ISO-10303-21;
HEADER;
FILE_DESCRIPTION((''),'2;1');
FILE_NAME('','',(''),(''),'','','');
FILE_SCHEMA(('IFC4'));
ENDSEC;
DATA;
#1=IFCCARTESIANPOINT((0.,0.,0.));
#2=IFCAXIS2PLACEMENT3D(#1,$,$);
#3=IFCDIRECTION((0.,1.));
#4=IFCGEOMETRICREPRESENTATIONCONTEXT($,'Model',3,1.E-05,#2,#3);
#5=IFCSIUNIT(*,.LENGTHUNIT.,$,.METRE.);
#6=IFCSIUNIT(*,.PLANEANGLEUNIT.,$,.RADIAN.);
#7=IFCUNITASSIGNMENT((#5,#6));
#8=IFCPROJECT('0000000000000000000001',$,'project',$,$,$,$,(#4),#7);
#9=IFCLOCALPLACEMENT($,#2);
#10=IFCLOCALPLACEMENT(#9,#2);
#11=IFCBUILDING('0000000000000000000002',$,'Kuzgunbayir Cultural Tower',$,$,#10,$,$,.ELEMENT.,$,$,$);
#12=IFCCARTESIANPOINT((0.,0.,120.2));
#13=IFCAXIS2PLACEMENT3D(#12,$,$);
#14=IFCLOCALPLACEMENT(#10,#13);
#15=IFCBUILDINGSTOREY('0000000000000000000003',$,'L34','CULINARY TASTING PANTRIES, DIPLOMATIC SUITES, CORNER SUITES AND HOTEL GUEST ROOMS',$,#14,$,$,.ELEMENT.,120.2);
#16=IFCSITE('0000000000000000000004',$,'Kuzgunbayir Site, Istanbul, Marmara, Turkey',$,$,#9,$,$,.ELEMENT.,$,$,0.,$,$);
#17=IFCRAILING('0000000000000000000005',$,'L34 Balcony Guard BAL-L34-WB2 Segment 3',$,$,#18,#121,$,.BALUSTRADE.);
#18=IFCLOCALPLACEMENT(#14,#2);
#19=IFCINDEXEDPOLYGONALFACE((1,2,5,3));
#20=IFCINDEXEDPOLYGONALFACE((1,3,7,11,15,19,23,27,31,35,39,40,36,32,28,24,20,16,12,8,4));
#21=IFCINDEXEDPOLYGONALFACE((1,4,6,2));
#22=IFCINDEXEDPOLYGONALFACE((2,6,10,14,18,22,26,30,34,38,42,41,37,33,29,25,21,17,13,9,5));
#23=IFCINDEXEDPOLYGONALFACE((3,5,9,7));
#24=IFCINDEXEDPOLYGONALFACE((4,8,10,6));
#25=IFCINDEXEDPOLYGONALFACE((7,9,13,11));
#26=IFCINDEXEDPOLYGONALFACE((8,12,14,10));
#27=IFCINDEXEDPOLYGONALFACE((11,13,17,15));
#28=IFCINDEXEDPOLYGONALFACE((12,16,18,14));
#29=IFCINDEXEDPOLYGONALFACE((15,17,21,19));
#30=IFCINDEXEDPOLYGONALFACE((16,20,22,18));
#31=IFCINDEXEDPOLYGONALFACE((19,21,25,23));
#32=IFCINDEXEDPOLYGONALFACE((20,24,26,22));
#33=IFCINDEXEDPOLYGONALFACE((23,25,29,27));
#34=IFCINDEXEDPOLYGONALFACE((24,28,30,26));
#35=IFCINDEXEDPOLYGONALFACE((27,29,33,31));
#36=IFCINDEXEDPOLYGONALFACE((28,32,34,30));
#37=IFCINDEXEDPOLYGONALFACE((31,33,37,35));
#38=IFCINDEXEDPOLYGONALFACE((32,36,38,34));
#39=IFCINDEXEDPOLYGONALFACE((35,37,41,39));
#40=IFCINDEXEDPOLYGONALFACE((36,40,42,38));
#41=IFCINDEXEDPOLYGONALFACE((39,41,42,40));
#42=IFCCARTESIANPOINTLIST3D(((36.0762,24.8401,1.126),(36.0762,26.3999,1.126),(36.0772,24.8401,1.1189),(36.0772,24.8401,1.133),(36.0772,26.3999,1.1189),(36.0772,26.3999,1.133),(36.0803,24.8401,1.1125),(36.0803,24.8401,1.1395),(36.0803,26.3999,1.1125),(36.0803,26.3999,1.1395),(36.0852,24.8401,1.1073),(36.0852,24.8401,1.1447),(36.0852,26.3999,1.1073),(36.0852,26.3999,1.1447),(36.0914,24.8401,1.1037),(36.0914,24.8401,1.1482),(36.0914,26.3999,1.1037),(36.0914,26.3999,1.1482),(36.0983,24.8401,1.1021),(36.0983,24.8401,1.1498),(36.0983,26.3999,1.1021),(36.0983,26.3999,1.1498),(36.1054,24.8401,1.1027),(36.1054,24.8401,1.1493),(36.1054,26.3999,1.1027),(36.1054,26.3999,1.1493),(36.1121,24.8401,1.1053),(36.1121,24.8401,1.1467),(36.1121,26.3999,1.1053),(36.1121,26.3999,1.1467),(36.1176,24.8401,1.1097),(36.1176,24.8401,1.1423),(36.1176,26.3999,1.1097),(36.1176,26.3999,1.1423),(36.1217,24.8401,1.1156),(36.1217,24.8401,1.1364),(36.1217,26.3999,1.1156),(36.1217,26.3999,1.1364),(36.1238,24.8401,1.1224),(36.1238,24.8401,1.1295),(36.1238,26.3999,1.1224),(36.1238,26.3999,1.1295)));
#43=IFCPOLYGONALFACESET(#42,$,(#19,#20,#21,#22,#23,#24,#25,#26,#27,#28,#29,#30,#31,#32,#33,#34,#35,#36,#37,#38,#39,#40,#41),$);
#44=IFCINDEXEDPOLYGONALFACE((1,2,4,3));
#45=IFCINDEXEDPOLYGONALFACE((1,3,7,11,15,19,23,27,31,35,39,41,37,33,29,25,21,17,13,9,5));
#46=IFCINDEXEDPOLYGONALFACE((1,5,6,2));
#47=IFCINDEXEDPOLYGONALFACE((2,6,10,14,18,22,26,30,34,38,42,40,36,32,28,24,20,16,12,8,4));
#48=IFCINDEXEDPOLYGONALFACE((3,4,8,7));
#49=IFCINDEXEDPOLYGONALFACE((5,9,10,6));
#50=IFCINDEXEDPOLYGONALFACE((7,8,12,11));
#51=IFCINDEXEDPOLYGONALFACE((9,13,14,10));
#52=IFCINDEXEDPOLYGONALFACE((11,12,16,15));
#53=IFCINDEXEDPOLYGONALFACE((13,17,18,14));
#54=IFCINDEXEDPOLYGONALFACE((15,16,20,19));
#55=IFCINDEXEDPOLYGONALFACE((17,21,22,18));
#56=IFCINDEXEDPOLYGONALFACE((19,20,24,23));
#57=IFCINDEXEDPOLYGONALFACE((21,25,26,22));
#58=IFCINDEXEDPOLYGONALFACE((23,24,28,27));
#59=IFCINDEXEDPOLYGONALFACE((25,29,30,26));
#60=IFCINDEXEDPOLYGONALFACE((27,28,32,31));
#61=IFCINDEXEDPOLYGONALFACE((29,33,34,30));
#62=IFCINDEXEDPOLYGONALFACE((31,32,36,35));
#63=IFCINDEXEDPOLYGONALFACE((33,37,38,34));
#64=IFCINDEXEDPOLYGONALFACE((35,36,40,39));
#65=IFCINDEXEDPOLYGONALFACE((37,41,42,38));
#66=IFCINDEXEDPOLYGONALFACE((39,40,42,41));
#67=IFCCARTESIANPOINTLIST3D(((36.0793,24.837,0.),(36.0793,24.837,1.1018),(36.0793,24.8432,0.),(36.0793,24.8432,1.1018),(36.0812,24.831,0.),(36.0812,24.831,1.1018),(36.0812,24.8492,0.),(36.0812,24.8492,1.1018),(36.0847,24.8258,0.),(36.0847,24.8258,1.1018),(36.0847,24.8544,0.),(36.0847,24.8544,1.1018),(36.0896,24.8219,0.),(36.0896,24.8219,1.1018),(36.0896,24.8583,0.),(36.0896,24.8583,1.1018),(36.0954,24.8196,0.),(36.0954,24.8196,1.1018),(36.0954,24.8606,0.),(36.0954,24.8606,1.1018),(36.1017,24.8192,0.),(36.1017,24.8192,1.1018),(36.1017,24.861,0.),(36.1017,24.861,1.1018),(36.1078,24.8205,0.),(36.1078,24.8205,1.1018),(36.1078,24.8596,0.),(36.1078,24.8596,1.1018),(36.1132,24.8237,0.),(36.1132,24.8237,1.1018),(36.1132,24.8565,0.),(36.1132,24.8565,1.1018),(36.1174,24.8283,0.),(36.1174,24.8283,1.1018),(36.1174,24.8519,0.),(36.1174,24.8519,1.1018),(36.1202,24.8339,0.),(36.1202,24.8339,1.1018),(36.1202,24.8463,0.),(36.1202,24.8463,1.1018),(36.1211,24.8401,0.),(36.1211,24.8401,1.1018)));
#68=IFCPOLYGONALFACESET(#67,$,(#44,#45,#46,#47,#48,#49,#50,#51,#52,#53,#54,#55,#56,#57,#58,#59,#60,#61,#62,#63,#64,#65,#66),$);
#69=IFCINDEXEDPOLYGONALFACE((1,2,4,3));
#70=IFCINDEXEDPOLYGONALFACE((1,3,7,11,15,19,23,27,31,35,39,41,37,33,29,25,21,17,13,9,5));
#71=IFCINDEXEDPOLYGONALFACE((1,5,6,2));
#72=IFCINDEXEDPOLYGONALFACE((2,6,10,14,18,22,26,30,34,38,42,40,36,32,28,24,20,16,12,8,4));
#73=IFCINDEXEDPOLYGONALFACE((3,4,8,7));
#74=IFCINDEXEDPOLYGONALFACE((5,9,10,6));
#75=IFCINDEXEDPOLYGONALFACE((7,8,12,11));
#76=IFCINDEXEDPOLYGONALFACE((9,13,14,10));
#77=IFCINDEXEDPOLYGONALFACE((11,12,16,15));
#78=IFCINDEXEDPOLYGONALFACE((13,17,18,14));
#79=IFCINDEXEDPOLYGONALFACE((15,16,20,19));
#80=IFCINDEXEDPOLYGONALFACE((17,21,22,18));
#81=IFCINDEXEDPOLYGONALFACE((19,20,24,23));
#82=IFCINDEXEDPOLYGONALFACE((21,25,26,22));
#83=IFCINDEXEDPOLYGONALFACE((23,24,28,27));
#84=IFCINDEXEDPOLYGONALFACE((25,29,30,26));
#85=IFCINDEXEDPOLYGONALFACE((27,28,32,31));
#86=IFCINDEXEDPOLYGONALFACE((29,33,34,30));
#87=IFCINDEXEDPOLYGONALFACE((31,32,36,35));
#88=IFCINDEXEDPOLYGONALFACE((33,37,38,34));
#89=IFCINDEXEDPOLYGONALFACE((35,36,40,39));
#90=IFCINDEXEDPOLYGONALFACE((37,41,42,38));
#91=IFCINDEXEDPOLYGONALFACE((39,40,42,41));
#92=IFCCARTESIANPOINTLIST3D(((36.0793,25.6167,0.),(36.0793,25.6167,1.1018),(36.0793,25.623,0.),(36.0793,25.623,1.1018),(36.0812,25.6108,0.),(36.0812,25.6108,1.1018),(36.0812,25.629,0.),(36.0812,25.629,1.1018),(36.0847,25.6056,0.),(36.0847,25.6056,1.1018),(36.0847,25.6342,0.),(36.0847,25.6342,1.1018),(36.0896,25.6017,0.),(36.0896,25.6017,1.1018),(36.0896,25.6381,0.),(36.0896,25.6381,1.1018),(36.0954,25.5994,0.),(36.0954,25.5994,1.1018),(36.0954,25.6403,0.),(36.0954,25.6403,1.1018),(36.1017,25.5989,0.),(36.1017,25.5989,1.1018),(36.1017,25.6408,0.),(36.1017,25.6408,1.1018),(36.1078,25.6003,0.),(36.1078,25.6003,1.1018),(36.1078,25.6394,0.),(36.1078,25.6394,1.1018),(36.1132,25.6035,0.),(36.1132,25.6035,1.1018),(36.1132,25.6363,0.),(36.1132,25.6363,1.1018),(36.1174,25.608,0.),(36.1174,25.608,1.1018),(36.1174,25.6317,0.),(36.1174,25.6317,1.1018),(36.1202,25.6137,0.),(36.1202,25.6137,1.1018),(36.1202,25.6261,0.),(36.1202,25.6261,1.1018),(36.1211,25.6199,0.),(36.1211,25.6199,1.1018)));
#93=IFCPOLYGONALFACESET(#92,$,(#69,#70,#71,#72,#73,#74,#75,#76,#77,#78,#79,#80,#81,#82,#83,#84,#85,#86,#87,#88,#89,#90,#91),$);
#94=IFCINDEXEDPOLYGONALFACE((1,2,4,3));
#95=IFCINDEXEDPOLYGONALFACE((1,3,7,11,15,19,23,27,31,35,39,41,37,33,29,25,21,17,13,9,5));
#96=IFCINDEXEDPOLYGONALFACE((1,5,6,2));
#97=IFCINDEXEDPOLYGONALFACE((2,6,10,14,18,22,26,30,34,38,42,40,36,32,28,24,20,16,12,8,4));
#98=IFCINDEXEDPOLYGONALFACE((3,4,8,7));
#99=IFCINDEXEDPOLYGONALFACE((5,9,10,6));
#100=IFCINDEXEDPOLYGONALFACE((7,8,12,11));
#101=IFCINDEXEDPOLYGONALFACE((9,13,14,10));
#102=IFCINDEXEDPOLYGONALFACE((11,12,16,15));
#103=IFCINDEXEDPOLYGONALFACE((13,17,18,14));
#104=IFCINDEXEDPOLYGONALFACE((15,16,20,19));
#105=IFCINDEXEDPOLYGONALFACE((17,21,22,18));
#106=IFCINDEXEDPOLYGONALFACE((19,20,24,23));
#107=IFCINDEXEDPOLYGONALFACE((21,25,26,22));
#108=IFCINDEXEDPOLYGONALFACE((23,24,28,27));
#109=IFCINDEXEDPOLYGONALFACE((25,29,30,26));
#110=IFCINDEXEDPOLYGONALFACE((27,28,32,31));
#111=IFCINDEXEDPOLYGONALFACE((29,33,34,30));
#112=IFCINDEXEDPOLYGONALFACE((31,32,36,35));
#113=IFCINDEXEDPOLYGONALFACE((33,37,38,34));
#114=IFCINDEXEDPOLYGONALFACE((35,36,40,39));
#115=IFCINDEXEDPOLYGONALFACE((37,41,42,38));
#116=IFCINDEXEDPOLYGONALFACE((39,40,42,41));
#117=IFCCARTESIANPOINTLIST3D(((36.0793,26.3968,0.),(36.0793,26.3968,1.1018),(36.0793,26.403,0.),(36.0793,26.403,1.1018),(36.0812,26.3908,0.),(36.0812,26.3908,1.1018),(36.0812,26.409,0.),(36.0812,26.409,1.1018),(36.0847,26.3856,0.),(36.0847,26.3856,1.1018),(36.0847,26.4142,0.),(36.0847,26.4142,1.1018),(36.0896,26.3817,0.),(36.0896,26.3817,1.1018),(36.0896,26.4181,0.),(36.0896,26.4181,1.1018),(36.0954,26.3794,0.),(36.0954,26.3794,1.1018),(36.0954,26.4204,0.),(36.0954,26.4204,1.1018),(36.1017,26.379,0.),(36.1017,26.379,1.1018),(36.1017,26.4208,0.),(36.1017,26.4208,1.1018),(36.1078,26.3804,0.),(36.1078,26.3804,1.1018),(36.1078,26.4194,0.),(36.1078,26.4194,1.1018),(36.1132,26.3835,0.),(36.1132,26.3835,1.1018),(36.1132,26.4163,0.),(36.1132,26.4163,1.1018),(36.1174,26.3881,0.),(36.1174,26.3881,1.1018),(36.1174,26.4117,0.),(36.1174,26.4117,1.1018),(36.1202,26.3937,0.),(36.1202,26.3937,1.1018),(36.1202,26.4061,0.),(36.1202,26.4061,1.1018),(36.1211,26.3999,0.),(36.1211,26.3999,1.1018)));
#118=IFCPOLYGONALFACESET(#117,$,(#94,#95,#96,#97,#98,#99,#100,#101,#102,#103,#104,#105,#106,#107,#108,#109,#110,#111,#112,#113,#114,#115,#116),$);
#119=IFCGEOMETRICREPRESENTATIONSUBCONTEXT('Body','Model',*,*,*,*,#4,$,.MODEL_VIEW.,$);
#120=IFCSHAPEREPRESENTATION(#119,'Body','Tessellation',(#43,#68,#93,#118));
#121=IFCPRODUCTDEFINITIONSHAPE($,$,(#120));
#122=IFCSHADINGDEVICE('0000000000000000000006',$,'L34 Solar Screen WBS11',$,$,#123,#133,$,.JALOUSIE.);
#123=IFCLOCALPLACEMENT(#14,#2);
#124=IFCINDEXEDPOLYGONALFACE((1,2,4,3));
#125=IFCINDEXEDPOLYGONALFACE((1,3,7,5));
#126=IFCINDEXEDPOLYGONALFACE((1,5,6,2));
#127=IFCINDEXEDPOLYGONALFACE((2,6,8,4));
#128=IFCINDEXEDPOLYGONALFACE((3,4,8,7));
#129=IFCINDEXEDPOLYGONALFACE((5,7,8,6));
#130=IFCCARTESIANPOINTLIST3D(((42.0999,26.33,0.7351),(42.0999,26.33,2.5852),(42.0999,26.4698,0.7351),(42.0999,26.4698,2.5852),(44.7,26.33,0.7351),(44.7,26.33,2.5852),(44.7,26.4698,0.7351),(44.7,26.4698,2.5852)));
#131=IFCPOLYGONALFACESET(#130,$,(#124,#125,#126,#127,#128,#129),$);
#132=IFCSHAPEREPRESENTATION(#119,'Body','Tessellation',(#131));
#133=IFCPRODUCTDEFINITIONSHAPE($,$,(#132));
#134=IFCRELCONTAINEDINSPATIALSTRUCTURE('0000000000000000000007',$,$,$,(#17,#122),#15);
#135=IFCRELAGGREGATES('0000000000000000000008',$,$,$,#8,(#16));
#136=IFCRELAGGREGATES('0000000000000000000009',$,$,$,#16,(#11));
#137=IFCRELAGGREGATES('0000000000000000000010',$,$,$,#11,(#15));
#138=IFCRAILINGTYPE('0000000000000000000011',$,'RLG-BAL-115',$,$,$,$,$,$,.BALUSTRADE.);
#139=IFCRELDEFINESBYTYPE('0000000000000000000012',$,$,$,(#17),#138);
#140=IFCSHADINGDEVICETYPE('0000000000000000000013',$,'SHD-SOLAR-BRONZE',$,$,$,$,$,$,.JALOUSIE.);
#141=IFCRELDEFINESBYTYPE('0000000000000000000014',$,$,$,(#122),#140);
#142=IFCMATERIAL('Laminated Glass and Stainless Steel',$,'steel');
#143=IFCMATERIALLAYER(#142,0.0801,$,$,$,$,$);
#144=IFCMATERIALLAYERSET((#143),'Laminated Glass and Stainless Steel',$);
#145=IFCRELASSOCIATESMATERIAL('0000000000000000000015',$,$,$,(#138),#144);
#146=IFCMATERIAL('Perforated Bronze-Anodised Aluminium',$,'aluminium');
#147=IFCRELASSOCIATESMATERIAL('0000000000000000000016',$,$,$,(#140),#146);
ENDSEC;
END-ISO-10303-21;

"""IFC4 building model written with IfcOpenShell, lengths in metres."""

from ifc_helpers import new_model, si_unit, direction, frame, origin, origin_2d, place, context, subcontext, project, spatial, rectangle, circle, extrude, material, layer, layer_set, type_object, element, save


model = new_model("IFC4")

# Units and contexts
model_context = context("Model", 3, precision=1e-05, world=origin(), true_north=direction((0.0, 1.0)))
body_context = subcontext(model_context, "Body", "Model", "MODEL_VIEW")
ifc_project = project(units=[si_unit("LENGTHUNIT", "METRE"), si_unit("PLANEANGLEUNIT", "RADIAN")], contexts=[model_context])

# Site, building, storey
site_placement = place(None, origin())
site = spatial("IfcSite", under=ifc_project, at=site_placement, Name="Kuzgunbayir Site, Istanbul, Marmara, Turkey", CompositionType="ELEMENT", RefElevation=0.0)
building_placement = place(site_placement, origin())
building = spatial("IfcBuilding", under=site, at=building_placement, Name="Kuzgunbayir Cultural Tower", CompositionType="ELEMENT")
storey_placement = place(building_placement, frame((0.0, 0.0, 120.2)))
storey = spatial("IfcBuildingStorey", under=building, at=storey_placement, Name="L34", Description="CULINARY TASTING PANTRIES, DIPLOMATIC SUITES, CORNER SUITES AND HOTEL GUEST ROOMS", CompositionType="ELEMENT", Elevation=120.2)

# Railing
ifc_material_1 = material(Name="Laminated Glass and Stainless Steel", Category="steel")
ifc_layer_1 = layer(ifc_material_1, 0.0801)
ifc_layer_set_1 = layer_set([ifc_layer_1], Name="Laminated Glass and Stainless Steel")
railing_type = type_object("IfcRailingType", Name="RLG-BAL-115", PredefinedType="BALUSTRADE", material=ifc_layer_set_1)
railing_1_placement = place(storey_placement, frame((36.1001, 24.8401, 0.0)))
element("IfcRailing", 1, at=railing_1_placement, inside=storey, type_object=railing_type, Name="L34 Balcony Guard BAL-L34-WB2 Segment 3", PredefinedType="BALUSTRADE", context=body_context, shape_type="SweptSolid", body=[
    extrude(circle(Radius=0.0239, at=origin_2d()), frame((0.0, 0.0, 1.126), z_axis=(0.0, 1.0, 0.0), x_axis=(-1.0, 0.0, 0.0)), (0.0, 0.0, 1.0), 1.5598),
    extrude(circle(Radius=0.021, at=origin_2d()), origin(), (0.0, 0.0, 1.0), 1.1018),
    extrude(circle(Radius=0.021, at=origin_2d()), frame((0.0, 0.7798, 0.0)), (0.0, 0.0, 1.0), 1.1018),
    extrude(circle(Radius=0.021, at=origin_2d()), frame((0.0, 1.5598, 0.0)), (0.0, 0.0, 1.0), 1.1018),
])

# Shading device
ifc_material_2 = material(Name="Perforated Bronze-Anodised Aluminium", Category="aluminium")
shading_device_type = type_object("IfcShadingDeviceType", Name="SHD-SOLAR-BRONZE", PredefinedType="JALOUSIE", material=ifc_material_2)
shading_device_placement = place(storey_placement, frame((43.3999, 26.3999, 0.7351), z_axis=(0.0, 0.0, 1.0), x_axis=(1.0, 0.0, 0.0)))
element("IfcShadingDevice", 2, at=shading_device_placement, inside=storey, type_object=shading_device_type, Name="L34 Solar Screen WBS11", PredefinedType="JALOUSIE", context=body_context, shape_type="SweptSolid", body=[
    extrude(rectangle(XDim=2.6001, YDim=0.1399, at=origin_2d()), origin(), (0.0, 0.0, 1.0), 1.8501),
])

save(model, "model.ifc")
